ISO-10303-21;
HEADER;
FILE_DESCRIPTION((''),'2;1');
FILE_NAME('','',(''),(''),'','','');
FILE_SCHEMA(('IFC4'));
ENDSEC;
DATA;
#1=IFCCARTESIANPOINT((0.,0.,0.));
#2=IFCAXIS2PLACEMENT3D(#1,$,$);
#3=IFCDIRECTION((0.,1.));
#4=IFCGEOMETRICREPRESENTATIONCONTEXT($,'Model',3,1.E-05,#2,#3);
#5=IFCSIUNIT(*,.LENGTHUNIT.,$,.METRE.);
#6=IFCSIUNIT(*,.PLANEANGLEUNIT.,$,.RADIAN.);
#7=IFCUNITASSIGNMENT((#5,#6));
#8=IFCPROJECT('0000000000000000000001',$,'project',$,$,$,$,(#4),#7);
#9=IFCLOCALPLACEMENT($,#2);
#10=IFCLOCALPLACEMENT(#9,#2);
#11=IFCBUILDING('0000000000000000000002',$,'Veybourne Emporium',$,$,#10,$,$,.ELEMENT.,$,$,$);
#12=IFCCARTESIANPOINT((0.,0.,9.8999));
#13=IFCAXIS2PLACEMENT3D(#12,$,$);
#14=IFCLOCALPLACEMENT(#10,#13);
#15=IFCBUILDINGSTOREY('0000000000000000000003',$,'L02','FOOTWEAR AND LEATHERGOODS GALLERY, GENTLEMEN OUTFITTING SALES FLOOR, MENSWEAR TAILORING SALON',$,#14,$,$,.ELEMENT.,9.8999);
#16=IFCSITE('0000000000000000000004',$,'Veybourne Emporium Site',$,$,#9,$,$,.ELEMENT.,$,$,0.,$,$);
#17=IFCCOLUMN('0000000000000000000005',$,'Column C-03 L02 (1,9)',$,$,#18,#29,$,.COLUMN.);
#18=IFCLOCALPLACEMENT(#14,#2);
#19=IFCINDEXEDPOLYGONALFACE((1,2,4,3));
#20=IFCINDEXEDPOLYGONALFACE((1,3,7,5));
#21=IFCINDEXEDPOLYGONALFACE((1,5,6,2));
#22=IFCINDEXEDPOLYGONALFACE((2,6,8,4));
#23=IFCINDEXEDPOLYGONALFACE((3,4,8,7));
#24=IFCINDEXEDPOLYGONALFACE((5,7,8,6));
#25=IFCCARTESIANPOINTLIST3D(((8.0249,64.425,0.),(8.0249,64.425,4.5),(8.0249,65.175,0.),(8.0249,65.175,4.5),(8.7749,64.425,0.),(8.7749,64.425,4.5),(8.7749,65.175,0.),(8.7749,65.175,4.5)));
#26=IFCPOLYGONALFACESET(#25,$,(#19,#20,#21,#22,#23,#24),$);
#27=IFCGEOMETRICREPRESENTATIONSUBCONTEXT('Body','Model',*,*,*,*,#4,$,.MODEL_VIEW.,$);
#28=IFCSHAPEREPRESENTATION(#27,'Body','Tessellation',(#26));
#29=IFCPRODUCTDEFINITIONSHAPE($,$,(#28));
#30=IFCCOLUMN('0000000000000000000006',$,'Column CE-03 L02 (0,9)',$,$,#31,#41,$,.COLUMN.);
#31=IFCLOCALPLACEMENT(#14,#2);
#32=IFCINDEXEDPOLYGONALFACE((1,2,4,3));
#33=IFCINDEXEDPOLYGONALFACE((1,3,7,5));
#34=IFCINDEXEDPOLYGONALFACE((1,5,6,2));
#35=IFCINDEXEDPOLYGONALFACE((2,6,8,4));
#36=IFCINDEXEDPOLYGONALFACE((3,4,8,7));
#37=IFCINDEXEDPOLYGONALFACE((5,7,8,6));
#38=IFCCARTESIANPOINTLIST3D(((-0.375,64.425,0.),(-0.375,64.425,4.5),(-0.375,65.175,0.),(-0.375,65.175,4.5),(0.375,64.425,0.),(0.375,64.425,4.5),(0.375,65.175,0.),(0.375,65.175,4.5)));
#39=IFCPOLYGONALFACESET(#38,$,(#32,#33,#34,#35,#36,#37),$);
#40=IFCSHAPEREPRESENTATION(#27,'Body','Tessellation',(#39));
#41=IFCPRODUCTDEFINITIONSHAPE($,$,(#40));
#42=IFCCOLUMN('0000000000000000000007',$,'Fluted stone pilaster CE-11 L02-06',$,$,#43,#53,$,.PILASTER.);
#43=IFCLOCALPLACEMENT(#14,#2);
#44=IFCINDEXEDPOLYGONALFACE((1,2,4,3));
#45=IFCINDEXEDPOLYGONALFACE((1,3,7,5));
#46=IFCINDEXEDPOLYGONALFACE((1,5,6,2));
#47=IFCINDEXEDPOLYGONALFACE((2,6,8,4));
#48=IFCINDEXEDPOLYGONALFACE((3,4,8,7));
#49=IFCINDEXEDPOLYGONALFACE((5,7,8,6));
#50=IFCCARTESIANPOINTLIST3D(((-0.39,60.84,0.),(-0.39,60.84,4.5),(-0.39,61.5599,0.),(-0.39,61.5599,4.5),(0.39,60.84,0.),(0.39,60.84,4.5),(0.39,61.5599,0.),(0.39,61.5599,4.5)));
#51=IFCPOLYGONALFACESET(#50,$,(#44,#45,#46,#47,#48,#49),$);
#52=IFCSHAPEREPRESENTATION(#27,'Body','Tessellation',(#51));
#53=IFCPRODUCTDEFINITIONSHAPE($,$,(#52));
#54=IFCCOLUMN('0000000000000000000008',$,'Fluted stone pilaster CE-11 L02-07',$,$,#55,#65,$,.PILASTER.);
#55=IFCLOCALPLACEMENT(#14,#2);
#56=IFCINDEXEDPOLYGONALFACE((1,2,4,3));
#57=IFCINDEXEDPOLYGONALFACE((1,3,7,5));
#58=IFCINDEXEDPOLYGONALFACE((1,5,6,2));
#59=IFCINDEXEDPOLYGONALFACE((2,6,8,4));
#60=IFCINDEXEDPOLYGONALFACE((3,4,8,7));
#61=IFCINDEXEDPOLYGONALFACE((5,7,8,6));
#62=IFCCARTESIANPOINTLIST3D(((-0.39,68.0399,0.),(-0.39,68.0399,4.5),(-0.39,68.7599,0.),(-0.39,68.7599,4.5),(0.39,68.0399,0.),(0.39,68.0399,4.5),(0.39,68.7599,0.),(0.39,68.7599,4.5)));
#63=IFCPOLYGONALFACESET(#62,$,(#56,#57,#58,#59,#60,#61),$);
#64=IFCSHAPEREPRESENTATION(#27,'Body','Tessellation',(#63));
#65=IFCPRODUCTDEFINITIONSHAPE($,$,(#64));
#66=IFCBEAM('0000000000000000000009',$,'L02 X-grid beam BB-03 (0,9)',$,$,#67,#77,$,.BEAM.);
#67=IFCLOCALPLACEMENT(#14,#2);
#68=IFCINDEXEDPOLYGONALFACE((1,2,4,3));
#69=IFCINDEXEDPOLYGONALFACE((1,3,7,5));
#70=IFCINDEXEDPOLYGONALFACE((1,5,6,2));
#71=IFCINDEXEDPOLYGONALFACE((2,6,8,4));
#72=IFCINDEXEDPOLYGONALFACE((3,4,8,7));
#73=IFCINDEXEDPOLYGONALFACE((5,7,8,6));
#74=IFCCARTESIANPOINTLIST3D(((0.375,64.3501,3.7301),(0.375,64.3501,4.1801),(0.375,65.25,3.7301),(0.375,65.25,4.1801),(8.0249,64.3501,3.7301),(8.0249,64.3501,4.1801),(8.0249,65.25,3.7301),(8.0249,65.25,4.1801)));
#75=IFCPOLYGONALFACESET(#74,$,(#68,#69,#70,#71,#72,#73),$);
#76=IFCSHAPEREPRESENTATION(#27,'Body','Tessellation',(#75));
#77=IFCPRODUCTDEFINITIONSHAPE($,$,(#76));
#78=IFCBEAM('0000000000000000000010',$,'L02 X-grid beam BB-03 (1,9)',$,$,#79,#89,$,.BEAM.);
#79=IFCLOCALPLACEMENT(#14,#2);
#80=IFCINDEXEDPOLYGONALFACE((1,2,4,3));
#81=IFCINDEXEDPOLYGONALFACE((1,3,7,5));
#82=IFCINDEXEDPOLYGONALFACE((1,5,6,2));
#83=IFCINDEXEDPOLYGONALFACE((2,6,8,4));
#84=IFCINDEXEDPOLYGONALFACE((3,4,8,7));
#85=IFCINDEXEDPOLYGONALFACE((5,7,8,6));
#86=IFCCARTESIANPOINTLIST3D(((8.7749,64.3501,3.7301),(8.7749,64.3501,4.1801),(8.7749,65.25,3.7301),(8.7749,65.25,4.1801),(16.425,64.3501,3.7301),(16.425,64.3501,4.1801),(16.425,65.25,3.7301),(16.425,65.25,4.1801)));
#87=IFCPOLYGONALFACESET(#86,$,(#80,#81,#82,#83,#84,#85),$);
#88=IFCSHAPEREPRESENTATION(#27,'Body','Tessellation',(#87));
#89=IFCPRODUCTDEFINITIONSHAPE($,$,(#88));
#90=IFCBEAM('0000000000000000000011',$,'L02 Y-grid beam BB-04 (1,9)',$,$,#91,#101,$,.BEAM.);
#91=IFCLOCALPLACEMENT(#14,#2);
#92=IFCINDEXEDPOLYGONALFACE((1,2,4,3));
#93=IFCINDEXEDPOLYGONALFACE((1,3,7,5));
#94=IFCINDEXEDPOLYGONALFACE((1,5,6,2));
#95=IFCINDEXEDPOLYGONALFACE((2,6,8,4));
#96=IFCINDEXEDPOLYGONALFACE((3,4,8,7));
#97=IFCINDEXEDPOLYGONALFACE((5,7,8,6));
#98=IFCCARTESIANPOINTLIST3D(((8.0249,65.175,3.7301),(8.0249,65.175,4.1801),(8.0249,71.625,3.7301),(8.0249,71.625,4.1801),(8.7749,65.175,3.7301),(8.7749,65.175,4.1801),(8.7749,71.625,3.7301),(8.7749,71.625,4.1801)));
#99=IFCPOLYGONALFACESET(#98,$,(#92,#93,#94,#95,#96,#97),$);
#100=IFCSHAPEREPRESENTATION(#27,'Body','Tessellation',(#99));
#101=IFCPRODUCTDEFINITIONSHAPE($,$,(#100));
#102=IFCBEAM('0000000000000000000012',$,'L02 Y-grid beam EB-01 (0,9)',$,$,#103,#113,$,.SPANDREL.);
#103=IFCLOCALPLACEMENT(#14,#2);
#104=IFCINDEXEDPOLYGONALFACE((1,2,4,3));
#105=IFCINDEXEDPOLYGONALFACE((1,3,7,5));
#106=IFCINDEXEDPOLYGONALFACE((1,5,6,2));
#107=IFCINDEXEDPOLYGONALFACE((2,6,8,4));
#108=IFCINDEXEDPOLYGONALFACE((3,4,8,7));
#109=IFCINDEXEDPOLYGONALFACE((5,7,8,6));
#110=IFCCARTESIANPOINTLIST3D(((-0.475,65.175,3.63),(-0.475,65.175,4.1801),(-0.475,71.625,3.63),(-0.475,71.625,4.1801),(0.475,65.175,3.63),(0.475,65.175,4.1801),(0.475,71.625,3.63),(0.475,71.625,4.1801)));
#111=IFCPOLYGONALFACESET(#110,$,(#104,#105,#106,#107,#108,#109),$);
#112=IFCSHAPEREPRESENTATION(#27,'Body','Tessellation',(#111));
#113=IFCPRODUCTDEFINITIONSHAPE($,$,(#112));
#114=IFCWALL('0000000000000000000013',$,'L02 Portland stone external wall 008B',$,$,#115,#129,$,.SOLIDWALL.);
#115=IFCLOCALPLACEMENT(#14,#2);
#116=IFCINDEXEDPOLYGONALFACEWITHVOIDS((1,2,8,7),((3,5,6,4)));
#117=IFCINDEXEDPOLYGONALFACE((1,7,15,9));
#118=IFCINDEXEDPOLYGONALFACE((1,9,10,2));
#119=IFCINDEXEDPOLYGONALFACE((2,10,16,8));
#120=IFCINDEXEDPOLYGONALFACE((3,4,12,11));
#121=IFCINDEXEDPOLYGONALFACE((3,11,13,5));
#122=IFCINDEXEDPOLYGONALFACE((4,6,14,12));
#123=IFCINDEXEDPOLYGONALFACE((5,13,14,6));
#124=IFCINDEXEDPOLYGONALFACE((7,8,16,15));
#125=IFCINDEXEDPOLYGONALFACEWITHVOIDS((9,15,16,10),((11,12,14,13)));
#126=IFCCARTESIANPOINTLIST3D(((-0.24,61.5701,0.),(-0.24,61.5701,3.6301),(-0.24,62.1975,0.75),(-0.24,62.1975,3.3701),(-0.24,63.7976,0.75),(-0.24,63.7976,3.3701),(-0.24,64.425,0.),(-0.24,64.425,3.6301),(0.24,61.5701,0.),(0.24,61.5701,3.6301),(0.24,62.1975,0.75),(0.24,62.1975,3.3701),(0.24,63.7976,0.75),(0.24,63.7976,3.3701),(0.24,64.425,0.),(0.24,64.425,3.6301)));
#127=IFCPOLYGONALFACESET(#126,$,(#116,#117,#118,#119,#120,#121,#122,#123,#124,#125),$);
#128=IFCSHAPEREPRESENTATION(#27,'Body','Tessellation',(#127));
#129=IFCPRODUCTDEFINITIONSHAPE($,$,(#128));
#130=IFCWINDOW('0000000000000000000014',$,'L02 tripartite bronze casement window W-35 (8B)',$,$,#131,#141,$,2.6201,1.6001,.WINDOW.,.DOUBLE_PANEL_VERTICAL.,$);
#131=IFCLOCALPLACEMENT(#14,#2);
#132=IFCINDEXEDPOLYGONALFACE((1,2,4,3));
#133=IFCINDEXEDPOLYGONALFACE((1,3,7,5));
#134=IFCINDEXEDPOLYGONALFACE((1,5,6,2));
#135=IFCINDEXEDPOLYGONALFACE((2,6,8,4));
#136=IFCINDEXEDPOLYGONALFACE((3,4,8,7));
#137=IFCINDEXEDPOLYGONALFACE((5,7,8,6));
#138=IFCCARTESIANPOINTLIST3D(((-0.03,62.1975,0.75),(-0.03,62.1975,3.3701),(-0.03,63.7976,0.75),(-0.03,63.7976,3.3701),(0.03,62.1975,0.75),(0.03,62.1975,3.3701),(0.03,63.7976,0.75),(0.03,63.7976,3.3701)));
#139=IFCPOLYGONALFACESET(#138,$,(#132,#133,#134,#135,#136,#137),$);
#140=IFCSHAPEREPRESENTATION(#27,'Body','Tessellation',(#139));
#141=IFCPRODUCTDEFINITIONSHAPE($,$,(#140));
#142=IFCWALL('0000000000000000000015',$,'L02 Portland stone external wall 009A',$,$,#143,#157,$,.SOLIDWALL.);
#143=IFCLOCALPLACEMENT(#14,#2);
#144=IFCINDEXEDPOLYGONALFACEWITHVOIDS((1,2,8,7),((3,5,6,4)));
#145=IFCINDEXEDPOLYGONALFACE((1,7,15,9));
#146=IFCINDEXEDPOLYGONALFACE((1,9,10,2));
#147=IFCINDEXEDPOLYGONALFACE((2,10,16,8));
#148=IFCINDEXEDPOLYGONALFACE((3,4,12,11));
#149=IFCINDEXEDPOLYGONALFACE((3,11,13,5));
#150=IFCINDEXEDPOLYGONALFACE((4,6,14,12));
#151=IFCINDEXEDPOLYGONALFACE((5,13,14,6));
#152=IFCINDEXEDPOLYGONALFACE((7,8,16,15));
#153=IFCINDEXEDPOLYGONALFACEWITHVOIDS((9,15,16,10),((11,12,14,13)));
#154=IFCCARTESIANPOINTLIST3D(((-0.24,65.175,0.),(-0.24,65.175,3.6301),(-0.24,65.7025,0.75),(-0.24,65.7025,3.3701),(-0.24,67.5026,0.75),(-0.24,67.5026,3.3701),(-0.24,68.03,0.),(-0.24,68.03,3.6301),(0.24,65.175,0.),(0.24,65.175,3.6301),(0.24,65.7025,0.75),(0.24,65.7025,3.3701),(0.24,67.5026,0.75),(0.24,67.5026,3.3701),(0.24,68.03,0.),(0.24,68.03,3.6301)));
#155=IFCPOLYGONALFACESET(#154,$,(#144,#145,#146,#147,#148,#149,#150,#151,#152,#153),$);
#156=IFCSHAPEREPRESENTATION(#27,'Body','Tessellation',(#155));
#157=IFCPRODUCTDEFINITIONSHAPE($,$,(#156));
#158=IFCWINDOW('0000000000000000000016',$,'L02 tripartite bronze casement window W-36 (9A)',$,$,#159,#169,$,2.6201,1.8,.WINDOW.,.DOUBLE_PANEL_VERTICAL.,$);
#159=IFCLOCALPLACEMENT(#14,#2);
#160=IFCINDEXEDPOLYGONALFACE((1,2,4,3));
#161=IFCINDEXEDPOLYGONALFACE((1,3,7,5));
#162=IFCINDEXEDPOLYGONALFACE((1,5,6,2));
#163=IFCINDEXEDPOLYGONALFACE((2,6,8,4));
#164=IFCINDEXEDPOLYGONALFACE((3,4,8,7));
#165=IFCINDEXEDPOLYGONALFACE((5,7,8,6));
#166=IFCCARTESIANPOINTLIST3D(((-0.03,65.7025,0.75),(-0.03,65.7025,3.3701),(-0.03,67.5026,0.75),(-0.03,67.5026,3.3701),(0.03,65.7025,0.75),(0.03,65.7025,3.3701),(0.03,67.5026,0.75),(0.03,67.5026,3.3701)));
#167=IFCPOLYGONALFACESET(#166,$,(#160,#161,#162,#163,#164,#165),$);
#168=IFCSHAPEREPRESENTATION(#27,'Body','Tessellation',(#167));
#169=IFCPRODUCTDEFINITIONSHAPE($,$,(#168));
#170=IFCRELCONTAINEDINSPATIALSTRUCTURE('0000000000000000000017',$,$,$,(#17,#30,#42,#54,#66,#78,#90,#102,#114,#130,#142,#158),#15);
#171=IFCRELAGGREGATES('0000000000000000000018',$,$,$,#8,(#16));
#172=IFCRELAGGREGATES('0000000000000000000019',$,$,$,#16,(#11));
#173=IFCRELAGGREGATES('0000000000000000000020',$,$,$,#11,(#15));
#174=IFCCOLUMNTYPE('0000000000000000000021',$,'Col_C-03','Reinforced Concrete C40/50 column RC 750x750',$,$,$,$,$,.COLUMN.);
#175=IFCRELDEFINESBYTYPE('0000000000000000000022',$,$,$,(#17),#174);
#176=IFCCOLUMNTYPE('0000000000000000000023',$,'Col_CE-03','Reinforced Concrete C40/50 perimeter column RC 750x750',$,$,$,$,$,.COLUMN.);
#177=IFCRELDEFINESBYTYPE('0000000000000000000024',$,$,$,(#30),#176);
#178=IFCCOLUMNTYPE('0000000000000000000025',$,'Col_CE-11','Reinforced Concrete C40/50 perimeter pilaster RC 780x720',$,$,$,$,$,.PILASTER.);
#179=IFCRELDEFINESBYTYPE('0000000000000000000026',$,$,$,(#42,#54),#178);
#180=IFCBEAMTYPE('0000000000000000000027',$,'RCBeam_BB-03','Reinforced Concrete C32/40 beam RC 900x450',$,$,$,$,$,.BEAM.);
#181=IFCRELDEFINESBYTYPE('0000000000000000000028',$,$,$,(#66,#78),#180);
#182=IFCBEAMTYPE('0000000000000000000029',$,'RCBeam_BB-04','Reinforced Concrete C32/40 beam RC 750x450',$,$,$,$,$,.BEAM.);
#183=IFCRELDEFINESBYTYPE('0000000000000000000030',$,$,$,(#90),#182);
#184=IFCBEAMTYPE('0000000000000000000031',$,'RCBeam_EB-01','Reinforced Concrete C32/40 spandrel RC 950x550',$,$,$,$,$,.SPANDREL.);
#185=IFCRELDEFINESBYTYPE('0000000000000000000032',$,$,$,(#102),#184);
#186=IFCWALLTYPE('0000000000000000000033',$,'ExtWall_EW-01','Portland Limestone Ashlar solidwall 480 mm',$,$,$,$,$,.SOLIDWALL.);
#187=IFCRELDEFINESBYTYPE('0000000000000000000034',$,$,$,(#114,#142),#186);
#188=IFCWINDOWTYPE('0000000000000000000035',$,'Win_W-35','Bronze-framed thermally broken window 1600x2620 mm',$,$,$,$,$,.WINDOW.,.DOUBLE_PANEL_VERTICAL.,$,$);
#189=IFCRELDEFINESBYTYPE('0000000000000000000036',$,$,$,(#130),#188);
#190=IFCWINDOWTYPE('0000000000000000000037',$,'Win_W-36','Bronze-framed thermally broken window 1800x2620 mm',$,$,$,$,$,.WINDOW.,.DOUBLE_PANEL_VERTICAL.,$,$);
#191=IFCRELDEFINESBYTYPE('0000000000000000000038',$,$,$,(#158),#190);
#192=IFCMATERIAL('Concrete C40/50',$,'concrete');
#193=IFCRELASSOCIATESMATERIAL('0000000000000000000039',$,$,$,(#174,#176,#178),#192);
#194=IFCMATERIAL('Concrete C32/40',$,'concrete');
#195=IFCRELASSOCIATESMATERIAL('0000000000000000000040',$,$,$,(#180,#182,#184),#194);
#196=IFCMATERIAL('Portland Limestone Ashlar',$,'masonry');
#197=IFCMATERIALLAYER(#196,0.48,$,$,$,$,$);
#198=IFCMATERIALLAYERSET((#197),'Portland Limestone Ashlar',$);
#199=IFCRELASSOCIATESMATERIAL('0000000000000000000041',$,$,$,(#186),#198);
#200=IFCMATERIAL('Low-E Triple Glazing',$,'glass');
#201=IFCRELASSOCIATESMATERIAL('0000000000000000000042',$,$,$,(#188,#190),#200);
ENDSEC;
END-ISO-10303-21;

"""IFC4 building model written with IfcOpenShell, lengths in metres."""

from ifc_helpers import new_model, si_unit, direction, frame, frame_2d, origin, origin_2d, place, context, subcontext, project, spatial, rectangle, extrude, material, layer, layer_set, material_profile, profile_set, type_object, element, fill, save


model = new_model("IFC4")

# Units and contexts
model_context = context("Model", 3, precision=1e-05, world=origin(), true_north=direction((0.0, 1.0)))
body_context = subcontext(model_context, "Body", "Model", "MODEL_VIEW")
ifc_project = project(units=[si_unit("LENGTHUNIT", "METRE"), si_unit("PLANEANGLEUNIT", "RADIAN")], contexts=[model_context])

# Site, building, storey
site_placement = place(None, origin())
site = spatial("IfcSite", under=ifc_project, at=site_placement, Name="Veybourne Emporium Site", CompositionType="ELEMENT", RefElevation=0.0)
building_placement = place(site_placement, origin())
building = spatial("IfcBuilding", under=site, at=building_placement, Name="Veybourne Emporium", CompositionType="ELEMENT")
storey_placement = place(building_placement, frame((0.0, 0.0, 9.8999)))
storey = spatial("IfcBuildingStorey", under=building, at=storey_placement, Name="L02", Description="FOOTWEAR AND LEATHERGOODS GALLERY, GENTLEMEN OUTFITTING SALES FLOOR, MENSWEAR TAILORING SALON", CompositionType="ELEMENT", Elevation=9.8999)

# Columns
ifc_material_1 = material(Name="Concrete C40/50", Category="concrete")
ifc_material_profile_1 = material_profile(ifc_material_1, rectangle(XDim=0.75, YDim=0.75, at=origin_2d()), Name="RC 750x750")
ifc_profile_set_1 = profile_set([ifc_material_profile_1], Name="Concrete C40/50")
column_type_1 = type_object("IfcColumnType", Name="Col_C-03", Description="Reinforced Concrete C40/50 column RC 750x750", PredefinedType="COLUMN", material=ifc_profile_set_1)
column_1_placement = place(storey_placement, frame((8.3999, 64.8, 0.0), z_axis=(0.0, 0.0, 1.0), x_axis=(1.0, 0.0, 0.0)))
element("IfcColumn", 1, at=column_1_placement, inside=storey, type_object=column_type_1, Name="Column C-03 L02 (1,9)", PredefinedType="COLUMN", context=body_context, shape_type="SweptSolid", body=[
    extrude(rectangle(XDim=0.75, YDim=0.75, at=origin_2d()), origin(), (0.0, 0.0, 1.0), 4.5),
])
ifc_material_profile_2 = material_profile(ifc_material_1, rectangle(XDim=0.75, YDim=0.75, at=origin_2d()), Name="RC 750x750")
ifc_profile_set_2 = profile_set([ifc_material_profile_2], Name="Concrete C40/50")
column_type_2 = type_object("IfcColumnType", Name="Col_CE-03", Description="Reinforced Concrete C40/50 perimeter column RC 750x750", PredefinedType="COLUMN", material=ifc_profile_set_2)
column_2_placement = place(storey_placement, frame((0.0, 64.8, 0.0), z_axis=(0.0, 0.0, 1.0), x_axis=(1.0, 0.0, 0.0)))
element("IfcColumn", 2, at=column_2_placement, inside=storey, type_object=column_type_2, Name="Column CE-03 L02 (0,9)", PredefinedType="COLUMN", context=body_context, shape_type="SweptSolid", body=[
    extrude(rectangle(XDim=0.75, YDim=0.75, at=origin_2d()), origin(), (0.0, 0.0, 1.0), 4.5),
])
ifc_material_profile_3 = material_profile(ifc_material_1, rectangle(XDim=0.78, YDim=0.72, at=origin_2d()), Name="RC 780x720")
ifc_profile_set_3 = profile_set([ifc_material_profile_3], Name="Concrete C40/50")
column_type_3 = type_object("IfcColumnType", Name="Col_CE-11", Description="Reinforced Concrete C40/50 perimeter pilaster RC 780x720", PredefinedType="PILASTER", material=ifc_profile_set_3)
for number, where, z_axis, x_axis, name in (
    (3, (0.0, 61.2, 0.0), (0.0, 0.0, 1.0), (1.0, 0.0, 0.0), "Fluted stone pilaster CE-11 L02-06"),
    (4, (0.0, 68.3999, 0.0), (0.0, 0.0, 1.0), (1.0, 0.0, 0.0), "Fluted stone pilaster CE-11 L02-07"),
):
    element("IfcColumn", number, at=place(storey_placement, frame(where, z_axis=z_axis, x_axis=x_axis)), inside=storey, type_object=column_type_3, Name=name, PredefinedType="PILASTER", context=body_context, shape_type="SweptSolid", body=[
        extrude(rectangle(XDim=0.78, YDim=0.72, at=origin_2d()), origin(), (0.0, 0.0, 1.0), 4.5),
    ])

# Beams
ifc_material_2 = material(Name="Concrete C32/40", Category="concrete")
ifc_material_profile_4 = material_profile(ifc_material_2, rectangle(XDim=0.8999, YDim=0.45, at=origin_2d()), Name="RC 900x450")
ifc_profile_set_4 = profile_set([ifc_material_profile_4], Name="Concrete C32/40")
beam_type_1 = type_object("IfcBeamType", Name="RCBeam_BB-03", Description="Reinforced Concrete C32/40 beam RC 900x450", PredefinedType="BEAM", material=ifc_profile_set_4)
beam_1_placement = place(storey_placement, frame((0.375, 64.8, 3.9551), z_axis=(1.0, 0.0, 0.0), x_axis=(0.0, 1.0, 0.0)))
element("IfcBeam", 5, at=beam_1_placement, inside=storey, type_object=beam_type_1, Name="L02 X-grid beam BB-03 (0,9)", PredefinedType="BEAM", context=body_context, shape_type="SweptSolid", body=[
    extrude(rectangle(XDim=0.8999, YDim=0.45, at=origin_2d()), origin(), (0.0, 0.0, 1.0), 7.6499),
])
beam_2_placement = place(storey_placement, frame((8.7749, 64.8, 3.9551), z_axis=(1.0, 0.0, 0.0), x_axis=(0.0, 1.0, 0.0)))
element("IfcBeam", 6, at=beam_2_placement, inside=storey, type_object=beam_type_1, Name="L02 X-grid beam BB-03 (1,9)", PredefinedType="BEAM", context=body_context, shape_type="SweptSolid", body=[
    extrude(rectangle(XDim=0.8999, YDim=0.45, at=origin_2d()), origin(), (0.0, 0.0, 1.0), 7.6501),
])
ifc_material_profile_5 = material_profile(ifc_material_2, rectangle(XDim=0.75, YDim=0.45, at=origin_2d()), Name="RC 750x450")
ifc_profile_set_5 = profile_set([ifc_material_profile_5], Name="Concrete C32/40")
beam_type_2 = type_object("IfcBeamType", Name="RCBeam_BB-04", Description="Reinforced Concrete C32/40 beam RC 750x450", PredefinedType="BEAM", material=ifc_profile_set_5)
beam_3_placement = place(storey_placement, frame((8.3999, 65.175, 3.9551), z_axis=(0.0, 1.0, 0.0), x_axis=(-1.0, 0.0, 0.0)))
element("IfcBeam", 7, at=beam_3_placement, inside=storey, type_object=beam_type_2, Name="L02 Y-grid beam BB-04 (1,9)", PredefinedType="BEAM", context=body_context, shape_type="SweptSolid", body=[
    extrude(rectangle(XDim=0.75, YDim=0.45, at=origin_2d()), origin(), (0.0, 0.0, 1.0), 6.45),
])
ifc_material_profile_6 = material_profile(ifc_material_2, rectangle(XDim=0.95, YDim=0.55, at=origin_2d()), Name="RC 950x550")
ifc_profile_set_6 = profile_set([ifc_material_profile_6], Name="Concrete C32/40")
beam_type_3 = type_object("IfcBeamType", Name="RCBeam_EB-01", Description="Reinforced Concrete C32/40 spandrel RC 950x550", PredefinedType="SPANDREL", material=ifc_profile_set_6)
beam_4_placement = place(storey_placement, frame((0.0, 65.175, 3.905), z_axis=(0.0, 1.0, 0.0), x_axis=(-1.0, 0.0, 0.0)))
element("IfcBeam", 8, at=beam_4_placement, inside=storey, type_object=beam_type_3, Name="L02 Y-grid beam EB-01 (0,9)", PredefinedType="SPANDREL", context=body_context, shape_type="SweptSolid", body=[
    extrude(rectangle(XDim=0.95, YDim=0.55, at=origin_2d()), origin(), (0.0, 0.0, 1.0), 6.45),
])

# Walls, openings, windows
ifc_material_3 = material(Name="Portland Limestone Ashlar", Category="masonry")
ifc_layer_1 = layer(ifc_material_3, 0.48)
ifc_layer_set_1 = layer_set([ifc_layer_1], Name="Portland Limestone Ashlar")
wall_type_1 = type_object("IfcWallType", Name="ExtWall_EW-01", Description="Portland Limestone Ashlar solidwall 480 mm", PredefinedType="SOLIDWALL", material=ifc_layer_set_1)
wall_1_placement = place(storey_placement, frame((0.0, 61.5701, 0.0), z_axis=(0.0, 0.0, 1.0), x_axis=(0.0, 1.0, 0.0)))
wall_1 = element("IfcWall", 9, at=wall_1_placement, inside=storey, type_object=wall_type_1, Name="L02 Portland stone external wall 008B", PredefinedType="SOLIDWALL", context=body_context, shape_type="SweptSolid", body=[
    extrude(rectangle(XDim=2.855, YDim=0.48, at=frame_2d((1.4275, 0.0))), origin(), (0.0, 0.0, 1.0), 3.6301),
])
opening_1_placement = place(wall_1_placement, frame((0.6274, 0.0, 0.75)))
opening_1 = element("IfcOpeningElement", 10, at=opening_1_placement, cuts=wall_1, PredefinedType="OPENING", context=body_context, shape_type="SweptSolid", body=[
    extrude(rectangle(XDim=1.6001, YDim=2.6201, at=frame_2d((0.8, 1.3101))), frame((0.0, 0.26, 0.0), z_axis=(0.0, -1.0, 0.0), x_axis=(1.0, 0.0, 0.0)), (0.0, 0.0, 1.0), 0.52),
])
ifc_material_4 = material(Name="Low-E Triple Glazing", Category="glass")
window_type_1 = type_object("IfcWindowType", Name="Win_W-35", Description="Bronze-framed thermally broken window 1600x2620 mm", PartitioningType="DOUBLE_PANEL_VERTICAL", PredefinedType="WINDOW", material=ifc_material_4)
window_1_placement = place(opening_1_placement, origin())
window_1 = element("IfcWindow", 11, at=window_1_placement, inside=storey, type_object=window_type_1, Name="L02 tripartite bronze casement window W-35 (8B)", OverallHeight=2.6201, OverallWidth=1.6001, PartitioningType="DOUBLE_PANEL_VERTICAL", PredefinedType="WINDOW", context=body_context, shape_type="SweptSolid", body=[
    extrude(rectangle(XDim=1.6001, YDim=2.6201, at=frame_2d((0.8, 1.3101))), frame((0.0, 0.03, 0.0), z_axis=(0.0, -1.0, 0.0), x_axis=(1.0, 0.0, 0.0)), (0.0, 0.0, 1.0), 0.0601),
])
fill(opening_1, window_1)
wall_2_placement = place(storey_placement, frame((0.0, 65.175, 0.0), z_axis=(0.0, 0.0, 1.0), x_axis=(0.0, 1.0, 0.0)))
wall_2 = element("IfcWall", 12, at=wall_2_placement, inside=storey, type_object=wall_type_1, Name="L02 Portland stone external wall 009A", PredefinedType="SOLIDWALL", context=body_context, shape_type="SweptSolid", body=[
    extrude(rectangle(XDim=2.855, YDim=0.48, at=frame_2d((1.4275, 0.0))), origin(), (0.0, 0.0, 1.0), 3.6301),
])
opening_2_placement = place(wall_2_placement, frame((0.5276, 0.0, 0.75)))
opening_2 = element("IfcOpeningElement", 13, at=opening_2_placement, cuts=wall_2, PredefinedType="OPENING", context=body_context, shape_type="SweptSolid", body=[
    extrude(rectangle(XDim=1.8, YDim=2.6201, at=frame_2d((0.8999, 1.3101))), frame((0.0, 0.26, 0.0), z_axis=(0.0, -1.0, 0.0), x_axis=(1.0, 0.0, 0.0)), (0.0, 0.0, 1.0), 0.52),
])
window_type_2 = type_object("IfcWindowType", Name="Win_W-36", Description="Bronze-framed thermally broken window 1800x2620 mm", PartitioningType="DOUBLE_PANEL_VERTICAL", PredefinedType="WINDOW", material=ifc_material_4)
window_2_placement = place(opening_2_placement, origin())
window_2 = element("IfcWindow", 14, at=window_2_placement, inside=storey, type_object=window_type_2, Name="L02 tripartite bronze casement window W-36 (9A)", OverallHeight=2.6201, OverallWidth=1.8, PartitioningType="DOUBLE_PANEL_VERTICAL", PredefinedType="WINDOW", context=body_context, shape_type="SweptSolid", body=[
    extrude(rectangle(XDim=1.8, YDim=2.6201, at=frame_2d((0.8999, 1.3101))), frame((0.0, 0.03, 0.0), z_axis=(0.0, -1.0, 0.0), x_axis=(1.0, 0.0, 0.0)), (0.0, 0.0, 1.0), 0.0601),
])
fill(opening_2, window_2)

save(model, "model.ifc")
